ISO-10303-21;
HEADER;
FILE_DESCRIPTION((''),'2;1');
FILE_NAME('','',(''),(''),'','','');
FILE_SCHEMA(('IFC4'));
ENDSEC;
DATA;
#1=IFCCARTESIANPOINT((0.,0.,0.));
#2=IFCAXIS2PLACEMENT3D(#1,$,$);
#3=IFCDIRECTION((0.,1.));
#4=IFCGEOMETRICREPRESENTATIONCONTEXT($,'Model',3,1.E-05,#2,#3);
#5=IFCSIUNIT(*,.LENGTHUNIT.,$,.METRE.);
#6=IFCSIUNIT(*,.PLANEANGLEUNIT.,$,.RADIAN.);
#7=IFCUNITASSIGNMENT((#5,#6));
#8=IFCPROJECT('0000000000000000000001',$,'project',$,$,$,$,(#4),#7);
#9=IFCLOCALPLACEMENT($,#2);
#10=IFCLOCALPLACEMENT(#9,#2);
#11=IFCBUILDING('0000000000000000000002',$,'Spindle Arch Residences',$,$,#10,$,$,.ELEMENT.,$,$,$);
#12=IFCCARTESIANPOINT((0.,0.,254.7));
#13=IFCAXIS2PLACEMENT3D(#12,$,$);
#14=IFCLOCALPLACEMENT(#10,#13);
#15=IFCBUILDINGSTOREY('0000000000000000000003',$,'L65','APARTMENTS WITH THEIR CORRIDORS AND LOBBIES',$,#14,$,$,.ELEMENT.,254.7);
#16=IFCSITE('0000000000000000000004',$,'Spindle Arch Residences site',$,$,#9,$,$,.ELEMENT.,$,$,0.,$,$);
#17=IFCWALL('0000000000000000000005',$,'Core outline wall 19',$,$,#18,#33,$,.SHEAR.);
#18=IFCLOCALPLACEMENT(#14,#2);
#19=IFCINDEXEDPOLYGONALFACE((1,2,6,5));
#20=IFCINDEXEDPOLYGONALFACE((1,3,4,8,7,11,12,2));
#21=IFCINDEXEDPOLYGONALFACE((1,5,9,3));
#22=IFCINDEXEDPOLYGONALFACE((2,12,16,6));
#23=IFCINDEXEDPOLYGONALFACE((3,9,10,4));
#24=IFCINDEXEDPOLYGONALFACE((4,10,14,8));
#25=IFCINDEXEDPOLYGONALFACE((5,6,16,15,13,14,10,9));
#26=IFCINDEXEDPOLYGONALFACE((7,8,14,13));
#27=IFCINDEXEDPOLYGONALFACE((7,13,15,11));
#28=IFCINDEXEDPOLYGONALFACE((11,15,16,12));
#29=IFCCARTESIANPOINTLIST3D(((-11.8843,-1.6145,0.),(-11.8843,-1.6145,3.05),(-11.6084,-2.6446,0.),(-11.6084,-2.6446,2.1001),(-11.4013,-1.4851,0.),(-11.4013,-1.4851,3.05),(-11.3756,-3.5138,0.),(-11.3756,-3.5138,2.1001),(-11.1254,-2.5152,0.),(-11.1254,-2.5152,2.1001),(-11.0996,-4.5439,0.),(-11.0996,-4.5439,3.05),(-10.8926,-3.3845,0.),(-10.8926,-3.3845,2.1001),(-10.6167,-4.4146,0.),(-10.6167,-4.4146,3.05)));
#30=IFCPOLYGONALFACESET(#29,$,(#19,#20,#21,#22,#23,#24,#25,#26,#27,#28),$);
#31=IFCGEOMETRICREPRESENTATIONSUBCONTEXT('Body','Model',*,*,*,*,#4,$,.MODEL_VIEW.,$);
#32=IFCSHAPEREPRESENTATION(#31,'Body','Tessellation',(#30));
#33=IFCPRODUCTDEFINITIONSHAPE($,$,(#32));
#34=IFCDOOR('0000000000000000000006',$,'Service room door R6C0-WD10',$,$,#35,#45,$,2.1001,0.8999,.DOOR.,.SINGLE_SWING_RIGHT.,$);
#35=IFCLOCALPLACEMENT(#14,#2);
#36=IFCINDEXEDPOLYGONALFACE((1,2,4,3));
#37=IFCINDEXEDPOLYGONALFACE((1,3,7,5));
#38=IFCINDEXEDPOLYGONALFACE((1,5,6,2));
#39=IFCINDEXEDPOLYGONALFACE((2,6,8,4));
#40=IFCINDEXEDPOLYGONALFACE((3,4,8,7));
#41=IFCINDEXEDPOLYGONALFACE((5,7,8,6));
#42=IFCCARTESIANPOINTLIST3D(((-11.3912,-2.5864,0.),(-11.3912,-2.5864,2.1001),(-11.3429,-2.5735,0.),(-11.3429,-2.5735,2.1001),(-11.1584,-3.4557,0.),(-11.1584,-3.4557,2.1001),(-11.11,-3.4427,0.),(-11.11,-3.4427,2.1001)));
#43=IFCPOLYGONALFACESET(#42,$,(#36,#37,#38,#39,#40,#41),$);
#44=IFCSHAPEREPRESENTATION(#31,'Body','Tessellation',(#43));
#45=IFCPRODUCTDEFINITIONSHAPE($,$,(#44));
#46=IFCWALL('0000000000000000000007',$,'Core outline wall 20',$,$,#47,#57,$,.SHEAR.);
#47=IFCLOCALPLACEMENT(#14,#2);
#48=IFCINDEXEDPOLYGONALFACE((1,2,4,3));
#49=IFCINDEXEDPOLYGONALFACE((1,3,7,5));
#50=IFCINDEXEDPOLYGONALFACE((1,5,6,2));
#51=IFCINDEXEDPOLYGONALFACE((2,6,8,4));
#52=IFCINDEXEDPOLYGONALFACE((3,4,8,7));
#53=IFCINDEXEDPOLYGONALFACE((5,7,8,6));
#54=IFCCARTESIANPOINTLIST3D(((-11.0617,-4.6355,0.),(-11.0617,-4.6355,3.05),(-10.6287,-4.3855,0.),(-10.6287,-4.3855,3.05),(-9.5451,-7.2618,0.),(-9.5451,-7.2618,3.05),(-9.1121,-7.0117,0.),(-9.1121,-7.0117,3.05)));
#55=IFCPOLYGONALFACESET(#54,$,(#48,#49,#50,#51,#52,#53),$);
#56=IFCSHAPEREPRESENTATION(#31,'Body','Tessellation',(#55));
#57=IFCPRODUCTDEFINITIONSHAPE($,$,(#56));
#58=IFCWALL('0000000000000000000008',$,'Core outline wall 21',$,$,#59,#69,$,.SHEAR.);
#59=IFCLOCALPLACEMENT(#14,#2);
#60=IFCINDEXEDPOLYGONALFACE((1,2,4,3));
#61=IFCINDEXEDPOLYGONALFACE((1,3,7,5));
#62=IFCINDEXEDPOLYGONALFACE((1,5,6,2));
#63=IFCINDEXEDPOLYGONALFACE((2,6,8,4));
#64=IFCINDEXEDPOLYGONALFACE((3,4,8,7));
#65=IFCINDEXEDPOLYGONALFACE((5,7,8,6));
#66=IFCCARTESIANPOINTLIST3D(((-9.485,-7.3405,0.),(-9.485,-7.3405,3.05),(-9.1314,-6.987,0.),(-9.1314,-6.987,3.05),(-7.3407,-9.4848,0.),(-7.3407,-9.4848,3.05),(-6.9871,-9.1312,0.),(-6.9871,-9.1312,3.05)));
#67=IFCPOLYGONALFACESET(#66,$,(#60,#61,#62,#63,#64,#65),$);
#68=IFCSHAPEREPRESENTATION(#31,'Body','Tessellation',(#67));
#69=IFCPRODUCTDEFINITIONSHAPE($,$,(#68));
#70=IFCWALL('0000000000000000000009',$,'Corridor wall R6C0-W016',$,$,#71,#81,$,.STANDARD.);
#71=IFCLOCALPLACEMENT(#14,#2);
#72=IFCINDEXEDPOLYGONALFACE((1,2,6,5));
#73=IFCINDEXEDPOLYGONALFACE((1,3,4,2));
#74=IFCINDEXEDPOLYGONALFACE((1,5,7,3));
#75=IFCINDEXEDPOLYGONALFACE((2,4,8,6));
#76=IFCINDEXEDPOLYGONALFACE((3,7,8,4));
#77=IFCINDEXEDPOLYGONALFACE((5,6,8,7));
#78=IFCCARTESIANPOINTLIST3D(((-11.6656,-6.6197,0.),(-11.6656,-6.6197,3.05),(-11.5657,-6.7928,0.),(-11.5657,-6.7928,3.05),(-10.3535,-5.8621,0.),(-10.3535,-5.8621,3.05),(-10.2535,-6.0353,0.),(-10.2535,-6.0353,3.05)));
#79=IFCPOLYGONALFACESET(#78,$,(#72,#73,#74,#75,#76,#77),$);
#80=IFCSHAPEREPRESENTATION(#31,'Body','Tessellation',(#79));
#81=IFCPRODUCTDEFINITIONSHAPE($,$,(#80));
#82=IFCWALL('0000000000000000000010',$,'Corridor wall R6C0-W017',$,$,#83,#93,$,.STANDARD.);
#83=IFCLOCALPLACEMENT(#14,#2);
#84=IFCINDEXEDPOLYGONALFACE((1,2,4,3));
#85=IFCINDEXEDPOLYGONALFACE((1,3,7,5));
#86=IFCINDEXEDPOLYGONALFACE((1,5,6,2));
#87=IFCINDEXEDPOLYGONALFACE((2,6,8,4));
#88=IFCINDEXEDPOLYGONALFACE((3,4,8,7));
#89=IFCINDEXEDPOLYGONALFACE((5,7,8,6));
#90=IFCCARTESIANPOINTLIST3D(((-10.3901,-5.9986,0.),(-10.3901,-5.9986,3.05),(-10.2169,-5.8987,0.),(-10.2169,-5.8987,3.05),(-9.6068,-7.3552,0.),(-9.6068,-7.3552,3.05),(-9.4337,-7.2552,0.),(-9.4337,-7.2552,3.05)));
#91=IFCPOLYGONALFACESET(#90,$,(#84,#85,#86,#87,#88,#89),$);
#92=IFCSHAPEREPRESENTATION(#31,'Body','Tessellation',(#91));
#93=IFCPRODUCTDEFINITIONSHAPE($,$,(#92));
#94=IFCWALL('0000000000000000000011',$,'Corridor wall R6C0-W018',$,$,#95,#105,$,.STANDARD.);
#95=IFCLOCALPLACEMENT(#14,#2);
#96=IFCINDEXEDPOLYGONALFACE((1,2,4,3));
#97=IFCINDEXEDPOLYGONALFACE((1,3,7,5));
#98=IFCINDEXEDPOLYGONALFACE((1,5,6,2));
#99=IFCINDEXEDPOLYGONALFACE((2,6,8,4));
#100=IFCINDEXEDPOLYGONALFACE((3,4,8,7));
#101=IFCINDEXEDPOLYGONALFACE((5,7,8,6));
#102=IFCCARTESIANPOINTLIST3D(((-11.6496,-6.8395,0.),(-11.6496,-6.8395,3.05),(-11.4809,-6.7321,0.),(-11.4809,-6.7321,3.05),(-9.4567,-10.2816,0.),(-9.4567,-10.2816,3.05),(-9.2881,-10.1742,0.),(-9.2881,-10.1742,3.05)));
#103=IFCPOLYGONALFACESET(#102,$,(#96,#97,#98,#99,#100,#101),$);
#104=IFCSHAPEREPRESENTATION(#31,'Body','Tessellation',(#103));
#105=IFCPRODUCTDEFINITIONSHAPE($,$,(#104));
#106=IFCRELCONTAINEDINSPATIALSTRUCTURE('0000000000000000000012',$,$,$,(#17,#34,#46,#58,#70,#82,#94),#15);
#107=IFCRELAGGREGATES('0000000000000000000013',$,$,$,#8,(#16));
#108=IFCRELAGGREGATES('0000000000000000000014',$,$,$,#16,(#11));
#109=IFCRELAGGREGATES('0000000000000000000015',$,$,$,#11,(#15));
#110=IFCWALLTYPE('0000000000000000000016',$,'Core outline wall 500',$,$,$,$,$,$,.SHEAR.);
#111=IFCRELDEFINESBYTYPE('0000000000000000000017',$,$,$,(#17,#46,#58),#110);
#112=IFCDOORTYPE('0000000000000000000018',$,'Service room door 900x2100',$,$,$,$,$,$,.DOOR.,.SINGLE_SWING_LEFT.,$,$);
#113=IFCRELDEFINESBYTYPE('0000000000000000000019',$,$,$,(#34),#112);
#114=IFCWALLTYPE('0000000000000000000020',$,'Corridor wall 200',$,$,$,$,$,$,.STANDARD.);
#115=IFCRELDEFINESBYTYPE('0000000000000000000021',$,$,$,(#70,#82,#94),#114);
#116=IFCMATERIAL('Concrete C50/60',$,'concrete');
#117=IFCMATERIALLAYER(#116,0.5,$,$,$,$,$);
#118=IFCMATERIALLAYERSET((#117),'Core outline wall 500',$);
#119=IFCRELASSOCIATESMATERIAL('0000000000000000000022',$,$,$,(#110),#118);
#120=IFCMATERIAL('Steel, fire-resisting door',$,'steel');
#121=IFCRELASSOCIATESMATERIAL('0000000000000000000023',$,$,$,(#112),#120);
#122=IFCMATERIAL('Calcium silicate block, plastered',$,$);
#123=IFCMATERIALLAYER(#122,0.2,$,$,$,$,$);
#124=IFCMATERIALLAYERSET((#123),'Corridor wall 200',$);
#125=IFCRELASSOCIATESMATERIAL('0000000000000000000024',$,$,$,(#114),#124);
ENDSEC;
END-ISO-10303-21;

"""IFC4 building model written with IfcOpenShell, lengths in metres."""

from ifc_helpers import new_model, si_unit, direction, frame, frame_2d, origin, place, context, subcontext, project, spatial, rectangle, extrude, material, layer, layer_set, type_object, element, fill, save


model = new_model("IFC4")

# Units and contexts
model_context = context("Model", 3, precision=1e-05, world=origin(), true_north=direction((0.0, 1.0)))
body_context = subcontext(model_context, "Body", "Model", "MODEL_VIEW")
ifc_project = project(units=[si_unit("LENGTHUNIT", "METRE"), si_unit("PLANEANGLEUNIT", "RADIAN")], contexts=[model_context])

# Site, building, storey
site_placement = place(None, origin())
site = spatial("IfcSite", under=ifc_project, at=site_placement, Name="Spindle Arch Residences site", CompositionType="ELEMENT", RefElevation=0.0)
building_placement = place(site_placement, origin())
building = spatial("IfcBuilding", under=site, at=building_placement, Name="Spindle Arch Residences", CompositionType="ELEMENT")
storey_placement = place(building_placement, frame((0.0, 0.0, 254.7)))
storey = spatial("IfcBuildingStorey", under=building, at=storey_placement, Name="L65", Description="APARTMENTS WITH THEIR CORRIDORS AND LOBBIES", CompositionType="ELEMENT", Elevation=254.7)

# Wall, opening, door
ifc_material_1 = material(Name="Concrete C50/60", Category="concrete")
ifc_layer_1 = layer(ifc_material_1, 0.5)
ifc_layer_set_1 = layer_set([ifc_layer_1], Name="Core outline wall 500")
wall_type_1 = type_object("IfcWallType", Name="Core outline wall 500", PredefinedType="SHEAR", material=ifc_layer_set_1)
wall_1_placement = place(storey_placement, frame((-11.6428, -1.5498, 0.0), z_axis=(0.0, 0.0, 1.0), x_axis=(0.258735, -0.965948, 0.0)))
wall_1 = element("IfcWall", 1, at=wall_1_placement, inside=storey, type_object=wall_type_1, Name="Core outline wall 19", PredefinedType="SHEAR", context=body_context, shape_type="SweptSolid", body=[
    extrude(rectangle(XDim=3.0327, YDim=0.5, at=frame_2d((1.5164, 0.0))), origin(), (0.0, 0.0, 1.0), 3.05),
])
opening_1_placement = place(wall_1_placement, frame((1.0664, 0.0, 0.0)))
opening_1 = element("IfcOpeningElement", 2, at=opening_1_placement, cuts=wall_1, PredefinedType="OPENING", context=body_context, shape_type="SweptSolid", body=[
    extrude(rectangle(XDim=0.8999, YDim=2.1001, at=frame_2d((0.45, 1.05))), frame((0.0, 0.26, 0.0), z_axis=(0.0, -1.0, 0.0), x_axis=(1.0, 0.0, 0.0)), (0.0, 0.0, 1.0), 0.52),
])
ifc_material_2 = material(Name="Steel, fire-resisting door", Category="steel")
door_type_1 = type_object("IfcDoorType", Name="Service room door 900x2100", OperationType="SINGLE_SWING_LEFT", PredefinedType="DOOR", material=ifc_material_2)
door_1_placement = place(opening_1_placement, origin())
door_1 = element("IfcDoor", 3, at=door_1_placement, inside=storey, type_object=door_type_1, Name="Service room door R6C0-WD10", OperationType="SINGLE_SWING_RIGHT", OverallHeight=2.1001, OverallWidth=0.8999, PredefinedType="DOOR", context=body_context, shape_type="SweptSolid", body=[
    extrude(rectangle(XDim=0.8999, YDim=2.1001, at=frame_2d((0.45, 1.05))), frame((0.0, 0.0249, 0.0), z_axis=(0.0, -1.0, 0.0), x_axis=(1.0, 0.0, 0.0)), (0.0, 0.0, 1.0), 0.05),
])
fill(opening_1, door_1)

# Walls
wall_2_placement = place(storey_placement, frame((-10.8452, -4.5105, 0.0), z_axis=(0.0, 0.0, 1.0), x_axis=(0.500087, -0.865975, 0.0)))
element("IfcWall", 4, at=wall_2_placement, inside=storey, type_object=wall_type_1, Name="Core outline wall 20", PredefinedType="SHEAR", context=body_context, shape_type="SweptSolid", body=[
    extrude(rectangle(XDim=3.0327, YDim=0.5, at=frame_2d((1.5164, 0.0))), origin(), (0.0, 0.0, 1.0), 3.05),
])
wall_3_placement = place(storey_placement, frame((-9.3081, -7.1638, 0.0), z_axis=(0.0, 0.0, 1.0), x_axis=(0.707107, -0.707107, 0.0)))
element("IfcWall", 5, at=wall_3_placement, inside=storey, type_object=wall_type_1, Name="Core outline wall 21", PredefinedType="SHEAR", context=body_context, shape_type="SweptSolid", body=[
    extrude(rectangle(XDim=3.0325, YDim=0.5, at=frame_2d((1.5161, 0.0))), origin(), (0.0, 0.0, 1.0), 3.05),
])
ifc_material_3 = material(Name="Calcium silicate block, plastered")
ifc_layer_2 = layer(ifc_material_3, 0.2)
ifc_layer_set_2 = layer_set([ifc_layer_2], Name="Corridor wall 200")
wall_type_2 = type_object("IfcWallType", Name="Corridor wall 200", PredefinedType="STANDARD", material=ifc_layer_set_2)
wall_4_placement = place(storey_placement, frame((-10.3035, -5.9487, 0.0), z_axis=(0.0, 0.0, 1.0), x_axis=(-0.866043, -0.499969, 0.0)))
element("IfcWall", 6, at=wall_4_placement, inside=storey, type_object=wall_type_2, Name="Corridor wall R6C0-W016", PredefinedType="STANDARD", context=body_context, shape_type="SweptSolid", body=[
    extrude(rectangle(XDim=1.5151, YDim=0.2, at=frame_2d((0.7576, 0.0))), origin(), (0.0, 0.0, 1.0), 3.05),
])
wall_5_placement = place(storey_placement, frame((-9.5203, -7.3052, 0.0), z_axis=(0.0, 0.0, 1.0), x_axis=(-0.500028, 0.866009, 0.0)))
element("IfcWall", 7, at=wall_5_placement, inside=storey, type_object=wall_type_2, Name="Corridor wall R6C0-W017", PredefinedType="STANDARD", context=body_context, shape_type="SweptSolid", body=[
    extrude(rectangle(XDim=1.5664, YDim=0.2, at=frame_2d((0.7832, 0.0))), origin(), (0.0, 0.0, 1.0), 3.05),
])
wall_6_placement = place(storey_placement, frame((-11.5652, -6.7859, 0.0), z_axis=(0.0, 0.0, 1.0), x_axis=(0.537297, -0.843393, 0.0)))
element("IfcWall", 8, at=wall_6_placement, inside=storey, type_object=wall_type_2, Name="Corridor wall R6C0-W018", PredefinedType="STANDARD", context=body_context, shape_type="SweptSolid", body=[
    extrude(rectangle(XDim=4.0813, YDim=0.2, at=frame_2d((2.0405, 0.0))), origin(), (0.0, 0.0, 1.0), 3.05),
])

save(model, "model.ifc")
